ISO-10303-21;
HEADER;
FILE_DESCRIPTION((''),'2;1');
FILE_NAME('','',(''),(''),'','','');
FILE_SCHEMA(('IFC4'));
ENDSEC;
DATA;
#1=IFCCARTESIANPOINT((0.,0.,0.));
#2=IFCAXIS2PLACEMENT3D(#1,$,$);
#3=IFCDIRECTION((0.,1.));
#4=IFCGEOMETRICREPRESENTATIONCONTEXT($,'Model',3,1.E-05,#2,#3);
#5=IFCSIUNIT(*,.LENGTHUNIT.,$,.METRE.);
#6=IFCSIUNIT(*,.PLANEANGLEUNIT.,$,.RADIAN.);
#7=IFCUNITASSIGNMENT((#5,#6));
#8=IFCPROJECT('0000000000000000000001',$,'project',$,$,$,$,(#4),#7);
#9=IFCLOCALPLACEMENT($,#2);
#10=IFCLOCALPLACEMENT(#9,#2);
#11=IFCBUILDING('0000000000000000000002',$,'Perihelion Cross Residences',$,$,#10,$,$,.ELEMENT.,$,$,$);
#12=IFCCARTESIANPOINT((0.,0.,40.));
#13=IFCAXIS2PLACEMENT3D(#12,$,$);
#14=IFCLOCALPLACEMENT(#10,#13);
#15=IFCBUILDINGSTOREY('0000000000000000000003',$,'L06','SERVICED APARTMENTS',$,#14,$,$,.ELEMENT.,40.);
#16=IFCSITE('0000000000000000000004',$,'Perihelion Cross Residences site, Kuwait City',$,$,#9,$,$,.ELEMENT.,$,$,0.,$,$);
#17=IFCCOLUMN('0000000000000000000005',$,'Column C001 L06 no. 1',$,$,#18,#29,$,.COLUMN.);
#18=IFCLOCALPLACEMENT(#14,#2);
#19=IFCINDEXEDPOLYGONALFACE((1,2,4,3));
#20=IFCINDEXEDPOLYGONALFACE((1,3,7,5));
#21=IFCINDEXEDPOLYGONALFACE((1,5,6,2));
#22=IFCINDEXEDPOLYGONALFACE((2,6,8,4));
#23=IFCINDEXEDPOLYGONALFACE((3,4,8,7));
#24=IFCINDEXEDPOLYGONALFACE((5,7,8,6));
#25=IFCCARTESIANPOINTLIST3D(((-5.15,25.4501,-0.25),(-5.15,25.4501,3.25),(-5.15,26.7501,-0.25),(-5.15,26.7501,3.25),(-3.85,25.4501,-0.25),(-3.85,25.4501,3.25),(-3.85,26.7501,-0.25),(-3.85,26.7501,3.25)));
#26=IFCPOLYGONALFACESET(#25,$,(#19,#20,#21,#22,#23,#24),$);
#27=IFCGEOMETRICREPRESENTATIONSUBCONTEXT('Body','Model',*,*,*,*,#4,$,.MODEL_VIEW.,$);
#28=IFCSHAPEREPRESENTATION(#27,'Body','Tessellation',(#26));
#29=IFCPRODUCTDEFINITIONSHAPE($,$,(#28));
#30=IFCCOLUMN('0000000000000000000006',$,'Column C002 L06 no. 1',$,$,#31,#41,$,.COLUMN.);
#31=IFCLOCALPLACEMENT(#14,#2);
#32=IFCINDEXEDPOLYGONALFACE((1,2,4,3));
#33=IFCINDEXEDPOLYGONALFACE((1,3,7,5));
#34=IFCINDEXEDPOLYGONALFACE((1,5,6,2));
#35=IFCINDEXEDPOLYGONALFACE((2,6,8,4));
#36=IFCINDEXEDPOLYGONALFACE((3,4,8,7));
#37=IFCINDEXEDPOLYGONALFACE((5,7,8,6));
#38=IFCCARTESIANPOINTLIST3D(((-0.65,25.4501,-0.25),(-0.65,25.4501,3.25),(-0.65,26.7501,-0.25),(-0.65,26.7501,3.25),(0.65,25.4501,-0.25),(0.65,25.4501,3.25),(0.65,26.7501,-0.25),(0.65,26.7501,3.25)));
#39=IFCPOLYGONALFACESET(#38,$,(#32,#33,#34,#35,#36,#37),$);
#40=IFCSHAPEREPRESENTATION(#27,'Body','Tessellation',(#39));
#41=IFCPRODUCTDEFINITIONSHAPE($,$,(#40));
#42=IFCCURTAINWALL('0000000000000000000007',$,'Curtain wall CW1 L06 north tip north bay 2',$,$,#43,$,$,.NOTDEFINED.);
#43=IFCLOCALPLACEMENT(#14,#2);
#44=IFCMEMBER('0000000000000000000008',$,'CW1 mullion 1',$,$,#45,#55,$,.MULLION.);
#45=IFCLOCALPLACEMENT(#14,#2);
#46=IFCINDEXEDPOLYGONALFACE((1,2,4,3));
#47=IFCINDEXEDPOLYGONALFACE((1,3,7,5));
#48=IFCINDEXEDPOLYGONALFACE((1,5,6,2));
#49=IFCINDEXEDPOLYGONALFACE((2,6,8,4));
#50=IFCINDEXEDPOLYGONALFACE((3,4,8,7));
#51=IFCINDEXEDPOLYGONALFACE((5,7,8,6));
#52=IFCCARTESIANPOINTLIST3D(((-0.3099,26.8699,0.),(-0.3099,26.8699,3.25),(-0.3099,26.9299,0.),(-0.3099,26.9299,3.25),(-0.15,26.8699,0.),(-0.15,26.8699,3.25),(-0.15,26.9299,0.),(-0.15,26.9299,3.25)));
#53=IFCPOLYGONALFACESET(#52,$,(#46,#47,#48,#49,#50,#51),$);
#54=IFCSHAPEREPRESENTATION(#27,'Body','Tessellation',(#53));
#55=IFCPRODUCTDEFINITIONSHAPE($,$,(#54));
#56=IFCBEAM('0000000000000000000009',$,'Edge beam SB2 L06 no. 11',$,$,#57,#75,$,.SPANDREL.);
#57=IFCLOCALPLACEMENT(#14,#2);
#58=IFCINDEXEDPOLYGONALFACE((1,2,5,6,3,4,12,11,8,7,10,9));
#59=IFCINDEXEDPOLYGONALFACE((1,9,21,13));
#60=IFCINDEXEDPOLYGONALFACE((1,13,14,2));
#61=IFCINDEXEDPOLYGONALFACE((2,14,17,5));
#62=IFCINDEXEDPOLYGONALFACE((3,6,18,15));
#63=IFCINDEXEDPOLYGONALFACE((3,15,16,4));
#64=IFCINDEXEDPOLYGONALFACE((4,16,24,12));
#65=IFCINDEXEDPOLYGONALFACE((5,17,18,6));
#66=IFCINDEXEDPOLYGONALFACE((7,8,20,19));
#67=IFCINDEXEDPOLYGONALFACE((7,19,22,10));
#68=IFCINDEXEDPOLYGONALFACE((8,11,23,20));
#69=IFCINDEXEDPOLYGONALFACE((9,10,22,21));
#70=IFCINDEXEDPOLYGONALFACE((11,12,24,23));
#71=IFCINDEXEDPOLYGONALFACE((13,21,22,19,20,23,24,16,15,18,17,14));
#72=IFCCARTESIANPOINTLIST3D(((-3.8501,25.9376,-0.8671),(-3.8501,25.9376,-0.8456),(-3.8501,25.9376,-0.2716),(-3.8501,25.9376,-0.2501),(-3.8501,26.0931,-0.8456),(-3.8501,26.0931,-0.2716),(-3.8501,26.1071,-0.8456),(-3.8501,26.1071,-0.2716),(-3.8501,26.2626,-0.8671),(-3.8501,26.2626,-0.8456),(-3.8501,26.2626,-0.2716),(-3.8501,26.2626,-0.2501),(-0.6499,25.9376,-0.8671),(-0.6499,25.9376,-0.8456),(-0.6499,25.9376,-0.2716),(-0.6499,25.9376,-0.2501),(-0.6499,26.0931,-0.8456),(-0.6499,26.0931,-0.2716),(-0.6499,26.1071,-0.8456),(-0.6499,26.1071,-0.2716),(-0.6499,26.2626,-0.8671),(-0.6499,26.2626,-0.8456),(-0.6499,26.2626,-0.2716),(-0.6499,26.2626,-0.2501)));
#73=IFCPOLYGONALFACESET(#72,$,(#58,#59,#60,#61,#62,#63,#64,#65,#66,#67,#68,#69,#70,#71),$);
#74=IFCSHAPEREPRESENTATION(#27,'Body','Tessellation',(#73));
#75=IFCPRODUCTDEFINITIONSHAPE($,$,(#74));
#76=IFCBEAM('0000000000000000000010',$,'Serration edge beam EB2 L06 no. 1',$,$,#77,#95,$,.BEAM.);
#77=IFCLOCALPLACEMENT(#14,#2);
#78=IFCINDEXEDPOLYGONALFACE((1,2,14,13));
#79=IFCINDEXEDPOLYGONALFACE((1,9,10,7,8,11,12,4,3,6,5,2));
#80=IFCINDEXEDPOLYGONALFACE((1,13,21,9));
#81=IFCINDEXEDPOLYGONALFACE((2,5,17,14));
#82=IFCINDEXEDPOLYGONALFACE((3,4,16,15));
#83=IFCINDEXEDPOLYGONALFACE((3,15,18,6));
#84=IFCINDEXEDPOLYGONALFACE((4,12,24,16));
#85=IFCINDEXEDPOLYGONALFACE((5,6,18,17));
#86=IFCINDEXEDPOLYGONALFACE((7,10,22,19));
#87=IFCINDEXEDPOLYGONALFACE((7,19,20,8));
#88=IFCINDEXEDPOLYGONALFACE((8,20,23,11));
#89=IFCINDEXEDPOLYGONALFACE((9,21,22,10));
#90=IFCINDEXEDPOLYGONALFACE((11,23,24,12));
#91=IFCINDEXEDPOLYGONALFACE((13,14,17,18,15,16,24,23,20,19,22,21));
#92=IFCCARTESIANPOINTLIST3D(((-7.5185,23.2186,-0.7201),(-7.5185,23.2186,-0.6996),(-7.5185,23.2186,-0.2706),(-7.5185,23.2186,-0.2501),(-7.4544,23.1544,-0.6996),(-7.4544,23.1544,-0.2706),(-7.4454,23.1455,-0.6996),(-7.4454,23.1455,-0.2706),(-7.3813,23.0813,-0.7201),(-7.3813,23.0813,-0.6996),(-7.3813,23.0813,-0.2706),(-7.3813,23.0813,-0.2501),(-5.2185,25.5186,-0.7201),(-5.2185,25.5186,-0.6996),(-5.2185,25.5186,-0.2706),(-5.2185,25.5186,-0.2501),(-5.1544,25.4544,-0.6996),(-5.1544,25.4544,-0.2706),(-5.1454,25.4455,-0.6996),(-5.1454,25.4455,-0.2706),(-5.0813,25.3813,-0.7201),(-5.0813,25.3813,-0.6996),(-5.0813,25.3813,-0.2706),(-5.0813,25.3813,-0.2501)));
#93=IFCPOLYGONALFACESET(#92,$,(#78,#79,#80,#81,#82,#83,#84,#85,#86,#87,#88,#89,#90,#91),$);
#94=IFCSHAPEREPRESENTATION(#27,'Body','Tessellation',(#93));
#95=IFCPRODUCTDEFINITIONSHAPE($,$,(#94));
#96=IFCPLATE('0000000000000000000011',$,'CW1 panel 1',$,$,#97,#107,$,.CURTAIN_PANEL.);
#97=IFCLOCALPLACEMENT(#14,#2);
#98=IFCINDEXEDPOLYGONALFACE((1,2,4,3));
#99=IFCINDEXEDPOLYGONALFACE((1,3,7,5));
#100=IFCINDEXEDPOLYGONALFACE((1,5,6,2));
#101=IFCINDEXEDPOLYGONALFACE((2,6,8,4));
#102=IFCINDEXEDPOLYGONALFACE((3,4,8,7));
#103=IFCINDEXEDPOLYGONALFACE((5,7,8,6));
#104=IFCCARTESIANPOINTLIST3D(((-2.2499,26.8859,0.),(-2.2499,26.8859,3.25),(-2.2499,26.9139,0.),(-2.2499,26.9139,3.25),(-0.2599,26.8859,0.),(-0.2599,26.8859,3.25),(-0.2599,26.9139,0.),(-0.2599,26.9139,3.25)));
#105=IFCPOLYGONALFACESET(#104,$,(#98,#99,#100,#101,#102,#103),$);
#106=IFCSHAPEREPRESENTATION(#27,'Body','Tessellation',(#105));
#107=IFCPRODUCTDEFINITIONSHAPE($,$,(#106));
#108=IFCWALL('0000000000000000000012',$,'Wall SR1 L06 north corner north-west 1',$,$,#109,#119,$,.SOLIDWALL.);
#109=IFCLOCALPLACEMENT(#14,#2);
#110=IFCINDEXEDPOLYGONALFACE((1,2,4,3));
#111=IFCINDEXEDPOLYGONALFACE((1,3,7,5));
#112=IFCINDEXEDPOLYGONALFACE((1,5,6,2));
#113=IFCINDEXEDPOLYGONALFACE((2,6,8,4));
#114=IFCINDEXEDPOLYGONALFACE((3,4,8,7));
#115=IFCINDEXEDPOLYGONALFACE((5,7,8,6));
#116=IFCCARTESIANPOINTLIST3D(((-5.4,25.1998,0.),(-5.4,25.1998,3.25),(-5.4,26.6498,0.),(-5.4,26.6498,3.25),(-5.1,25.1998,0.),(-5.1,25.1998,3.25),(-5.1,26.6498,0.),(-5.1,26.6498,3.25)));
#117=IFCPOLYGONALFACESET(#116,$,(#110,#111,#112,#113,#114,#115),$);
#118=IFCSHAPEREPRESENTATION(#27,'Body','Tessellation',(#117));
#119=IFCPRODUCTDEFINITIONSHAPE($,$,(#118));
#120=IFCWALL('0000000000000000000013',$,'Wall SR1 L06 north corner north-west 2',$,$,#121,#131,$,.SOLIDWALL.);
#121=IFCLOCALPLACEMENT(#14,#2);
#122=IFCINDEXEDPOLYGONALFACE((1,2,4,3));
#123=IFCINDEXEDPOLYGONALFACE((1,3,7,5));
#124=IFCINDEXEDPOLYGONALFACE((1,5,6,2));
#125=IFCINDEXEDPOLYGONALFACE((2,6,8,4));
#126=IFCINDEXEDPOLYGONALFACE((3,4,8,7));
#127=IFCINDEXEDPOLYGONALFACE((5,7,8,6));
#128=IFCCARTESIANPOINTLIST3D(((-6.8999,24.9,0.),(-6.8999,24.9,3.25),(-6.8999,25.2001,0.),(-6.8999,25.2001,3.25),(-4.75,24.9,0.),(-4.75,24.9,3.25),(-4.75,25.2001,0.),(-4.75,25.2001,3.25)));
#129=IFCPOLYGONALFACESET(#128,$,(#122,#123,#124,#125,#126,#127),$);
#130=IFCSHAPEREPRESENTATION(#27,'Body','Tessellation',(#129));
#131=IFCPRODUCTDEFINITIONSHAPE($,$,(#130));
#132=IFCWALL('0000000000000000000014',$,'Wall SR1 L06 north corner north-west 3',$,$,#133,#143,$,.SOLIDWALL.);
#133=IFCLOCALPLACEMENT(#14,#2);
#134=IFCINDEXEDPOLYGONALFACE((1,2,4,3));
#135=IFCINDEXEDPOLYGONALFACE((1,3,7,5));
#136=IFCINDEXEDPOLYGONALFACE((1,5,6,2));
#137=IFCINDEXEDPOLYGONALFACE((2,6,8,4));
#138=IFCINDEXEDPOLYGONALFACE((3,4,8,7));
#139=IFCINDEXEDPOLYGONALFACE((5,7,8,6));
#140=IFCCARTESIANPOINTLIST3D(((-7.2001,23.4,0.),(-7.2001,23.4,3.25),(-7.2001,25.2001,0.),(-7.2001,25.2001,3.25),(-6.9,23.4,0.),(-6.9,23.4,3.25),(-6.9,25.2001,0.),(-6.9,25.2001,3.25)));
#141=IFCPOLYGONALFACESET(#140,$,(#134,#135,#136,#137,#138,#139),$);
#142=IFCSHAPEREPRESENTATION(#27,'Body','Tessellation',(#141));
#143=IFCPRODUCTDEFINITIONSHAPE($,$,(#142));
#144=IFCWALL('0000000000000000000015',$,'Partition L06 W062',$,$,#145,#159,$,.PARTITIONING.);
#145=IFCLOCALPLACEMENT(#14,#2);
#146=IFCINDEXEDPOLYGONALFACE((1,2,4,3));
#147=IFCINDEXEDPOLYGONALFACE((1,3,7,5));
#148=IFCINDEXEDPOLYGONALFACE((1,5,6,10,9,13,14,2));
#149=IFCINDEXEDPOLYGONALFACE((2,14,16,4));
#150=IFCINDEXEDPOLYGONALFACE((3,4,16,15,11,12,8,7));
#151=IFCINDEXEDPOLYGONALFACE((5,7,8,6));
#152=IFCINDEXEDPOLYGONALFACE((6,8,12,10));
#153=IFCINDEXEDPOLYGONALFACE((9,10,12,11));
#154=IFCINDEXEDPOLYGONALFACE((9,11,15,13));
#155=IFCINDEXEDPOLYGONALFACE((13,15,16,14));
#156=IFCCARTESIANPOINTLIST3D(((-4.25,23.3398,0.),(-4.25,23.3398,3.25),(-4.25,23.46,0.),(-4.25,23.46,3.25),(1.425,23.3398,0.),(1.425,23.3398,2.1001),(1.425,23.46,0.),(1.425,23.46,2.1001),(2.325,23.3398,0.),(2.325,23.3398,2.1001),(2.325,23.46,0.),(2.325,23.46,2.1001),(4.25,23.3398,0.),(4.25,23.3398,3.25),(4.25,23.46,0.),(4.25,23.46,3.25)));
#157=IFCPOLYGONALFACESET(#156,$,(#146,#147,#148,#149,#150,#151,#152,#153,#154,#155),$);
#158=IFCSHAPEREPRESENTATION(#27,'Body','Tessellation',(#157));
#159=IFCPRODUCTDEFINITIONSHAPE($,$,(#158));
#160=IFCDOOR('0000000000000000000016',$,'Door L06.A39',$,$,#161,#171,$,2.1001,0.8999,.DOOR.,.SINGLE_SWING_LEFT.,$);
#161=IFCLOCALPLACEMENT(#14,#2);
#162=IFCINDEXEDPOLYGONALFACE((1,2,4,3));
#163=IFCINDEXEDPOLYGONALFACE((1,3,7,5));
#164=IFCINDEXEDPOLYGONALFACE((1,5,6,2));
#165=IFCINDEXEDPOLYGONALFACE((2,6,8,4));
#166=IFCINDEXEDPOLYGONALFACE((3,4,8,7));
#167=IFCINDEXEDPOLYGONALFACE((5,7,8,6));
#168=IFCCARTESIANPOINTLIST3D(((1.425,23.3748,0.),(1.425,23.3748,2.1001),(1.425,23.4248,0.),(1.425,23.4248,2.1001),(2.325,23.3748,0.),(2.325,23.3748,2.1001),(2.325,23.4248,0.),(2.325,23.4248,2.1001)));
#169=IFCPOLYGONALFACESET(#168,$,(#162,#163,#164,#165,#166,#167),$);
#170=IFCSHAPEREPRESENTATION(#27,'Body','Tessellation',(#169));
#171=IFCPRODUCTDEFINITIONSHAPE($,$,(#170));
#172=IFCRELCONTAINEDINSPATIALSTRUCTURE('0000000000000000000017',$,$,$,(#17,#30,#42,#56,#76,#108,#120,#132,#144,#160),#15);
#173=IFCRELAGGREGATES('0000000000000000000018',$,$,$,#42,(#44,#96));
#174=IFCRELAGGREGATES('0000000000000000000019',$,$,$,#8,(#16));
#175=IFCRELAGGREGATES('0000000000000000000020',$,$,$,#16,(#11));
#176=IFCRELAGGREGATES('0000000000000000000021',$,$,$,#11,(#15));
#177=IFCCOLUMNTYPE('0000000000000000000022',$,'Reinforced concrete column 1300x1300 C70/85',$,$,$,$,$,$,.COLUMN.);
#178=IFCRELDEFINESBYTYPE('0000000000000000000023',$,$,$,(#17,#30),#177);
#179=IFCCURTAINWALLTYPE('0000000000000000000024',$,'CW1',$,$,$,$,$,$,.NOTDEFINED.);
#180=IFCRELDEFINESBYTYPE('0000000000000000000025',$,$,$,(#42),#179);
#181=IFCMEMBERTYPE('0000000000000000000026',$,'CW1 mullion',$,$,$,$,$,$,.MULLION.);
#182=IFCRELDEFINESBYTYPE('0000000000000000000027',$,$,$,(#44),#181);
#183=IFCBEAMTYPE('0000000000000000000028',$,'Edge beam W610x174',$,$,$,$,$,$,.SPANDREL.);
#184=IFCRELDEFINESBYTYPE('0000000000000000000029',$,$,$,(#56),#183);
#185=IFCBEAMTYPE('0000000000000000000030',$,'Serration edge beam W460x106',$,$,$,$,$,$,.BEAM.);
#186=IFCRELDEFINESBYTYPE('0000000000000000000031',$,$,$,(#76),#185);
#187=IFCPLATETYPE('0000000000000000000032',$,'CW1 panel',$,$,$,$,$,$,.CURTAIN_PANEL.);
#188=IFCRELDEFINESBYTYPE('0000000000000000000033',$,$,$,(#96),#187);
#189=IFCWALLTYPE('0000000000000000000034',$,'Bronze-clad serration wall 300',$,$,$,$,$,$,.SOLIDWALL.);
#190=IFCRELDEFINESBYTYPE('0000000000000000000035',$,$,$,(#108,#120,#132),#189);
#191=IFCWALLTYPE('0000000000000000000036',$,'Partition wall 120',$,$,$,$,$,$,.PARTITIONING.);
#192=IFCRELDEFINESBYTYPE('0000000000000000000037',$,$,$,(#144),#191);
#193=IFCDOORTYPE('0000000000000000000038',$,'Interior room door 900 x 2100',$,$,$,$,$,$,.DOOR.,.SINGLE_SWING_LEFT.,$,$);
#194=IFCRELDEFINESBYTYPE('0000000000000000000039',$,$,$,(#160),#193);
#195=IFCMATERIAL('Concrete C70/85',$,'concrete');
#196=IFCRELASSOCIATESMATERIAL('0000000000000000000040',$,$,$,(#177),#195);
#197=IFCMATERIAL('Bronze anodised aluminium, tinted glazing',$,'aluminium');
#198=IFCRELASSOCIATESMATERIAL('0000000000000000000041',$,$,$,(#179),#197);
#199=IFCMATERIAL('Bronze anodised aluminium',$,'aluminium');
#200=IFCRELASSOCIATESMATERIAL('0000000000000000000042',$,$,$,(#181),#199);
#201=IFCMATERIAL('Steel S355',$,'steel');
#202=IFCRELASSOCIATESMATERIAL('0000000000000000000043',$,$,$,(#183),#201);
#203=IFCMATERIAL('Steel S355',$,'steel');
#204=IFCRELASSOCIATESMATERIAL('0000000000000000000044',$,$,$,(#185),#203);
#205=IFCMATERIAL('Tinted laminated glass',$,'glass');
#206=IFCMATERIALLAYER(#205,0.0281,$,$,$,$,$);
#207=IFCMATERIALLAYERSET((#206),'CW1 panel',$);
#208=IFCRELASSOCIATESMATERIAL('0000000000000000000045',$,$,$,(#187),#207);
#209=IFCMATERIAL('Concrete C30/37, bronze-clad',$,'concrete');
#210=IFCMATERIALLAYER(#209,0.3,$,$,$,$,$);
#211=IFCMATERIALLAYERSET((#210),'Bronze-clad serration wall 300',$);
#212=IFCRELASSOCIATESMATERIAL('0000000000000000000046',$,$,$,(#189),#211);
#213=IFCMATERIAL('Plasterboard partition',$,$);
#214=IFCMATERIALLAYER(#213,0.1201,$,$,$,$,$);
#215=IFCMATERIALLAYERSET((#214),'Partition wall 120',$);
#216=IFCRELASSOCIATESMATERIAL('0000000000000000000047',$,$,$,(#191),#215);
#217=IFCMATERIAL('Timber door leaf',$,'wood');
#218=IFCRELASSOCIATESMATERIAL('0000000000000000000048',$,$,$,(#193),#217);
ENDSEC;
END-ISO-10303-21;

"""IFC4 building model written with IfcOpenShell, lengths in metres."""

from ifc_helpers import new_model, si_unit, direction, frame, frame_2d, origin, origin_2d, place, context, subcontext, project, spatial, rectangle, i_section, extrude, material, layer, layer_set, material_profile, profile_set, type_object, element, fill, aggregate, save


model = new_model("IFC4")

# Units and contexts
model_context = context("Model", 3, precision=1e-05, world=origin(), true_north=direction((0.0, 1.0)))
body_context = subcontext(model_context, "Body", "Model", "MODEL_VIEW")
ifc_project = project(units=[si_unit("LENGTHUNIT", "METRE"), si_unit("PLANEANGLEUNIT", "RADIAN")], contexts=[model_context])

# Site, building, storey
site_placement = place(None, origin())
site = spatial("IfcSite", under=ifc_project, at=site_placement, Name="Perihelion Cross Residences site, Kuwait City", CompositionType="ELEMENT", RefElevation=0.0)
building_placement = place(site_placement, origin())
building = spatial("IfcBuilding", under=site, at=building_placement, Name="Perihelion Cross Residences", CompositionType="ELEMENT")
storey_placement = place(building_placement, frame((0.0, 0.0, 40.0)))
storey = spatial("IfcBuildingStorey", under=building, at=storey_placement, Name="L06", Description="SERVICED APARTMENTS", CompositionType="ELEMENT", Elevation=40.0)

# Columns
ifc_material_1 = material(Name="Concrete C70/85", Category="concrete")
ifc_material_profile_1 = material_profile(ifc_material_1, rectangle(XDim=1.3, YDim=1.3, at=origin_2d()), Name="RC 1300x1300")
ifc_profile_set_1 = profile_set([ifc_material_profile_1], Name="Concrete C70/85")
column_type = type_object("IfcColumnType", Name="Reinforced concrete column 1300x1300 C70/85", PredefinedType="COLUMN", material=ifc_profile_set_1)
for number, where, z_axis, x_axis, name in (
    (1, (-4.5, 26.1001, -0.25), (0.0, 0.0, 1.0), (1.0, 0.0, 0.0), "Column C001 L06 no. 1"),
    (2, (0.0, 26.1001, -0.25), (0.0, 0.0, 1.0), (1.0, 0.0, 0.0), "Column C002 L06 no. 1"),
):
    element("IfcColumn", number, at=place(storey_placement, frame(where, z_axis=z_axis, x_axis=x_axis)), inside=storey, type_object=column_type, Name=name, PredefinedType="COLUMN", context=body_context, shape_type="SweptSolid", body=[
        extrude(rectangle(XDim=1.3, YDim=1.3, at=origin_2d()), origin(), (0.0, 0.0, 1.0), 3.5),
    ])

# Curtain wall, member
ifc_material_2 = material(Name="Bronze anodised aluminium, tinted glazing", Category="aluminium")
curtain_wall_type = type_object("IfcCurtainWallType", Name="CW1", PredefinedType="NOTDEFINED", material=ifc_material_2)
curtain_wall_placement = place(storey_placement, origin())
curtain_wall = element("IfcCurtainWall", 3, at=curtain_wall_placement, inside=storey, type_object=curtain_wall_type, Name="Curtain wall CW1 L06 north tip north bay 2", PredefinedType="NOTDEFINED")
ifc_material_3 = material(Name="Bronze anodised aluminium", Category="aluminium")
ifc_material_profile_2 = material_profile(ifc_material_3, rectangle(XDim=0.0601, YDim=0.1599, at=origin_2d()), Name="CW1 mullion")
ifc_profile_set_2 = profile_set([ifc_material_profile_2], Name="Bronze anodised aluminium")
member_type = type_object("IfcMemberType", Name="CW1 mullion", PredefinedType="MULLION", material=ifc_profile_set_2)
member_placement = place(storey_placement, frame((-0.23, 26.8999, 0.0), z_axis=(0.0, 0.0, 1.0), x_axis=(0.0, -1.0, 0.0)))
member = element("IfcMember", 4, at=member_placement, type_object=member_type, Name="CW1 mullion 1", PredefinedType="MULLION", context=body_context, shape_type="SweptSolid", body=[
    extrude(rectangle(XDim=0.0601, YDim=0.1599, at=origin_2d()), origin(), (0.0, 0.0, 1.0), 3.25),
])

# Beams
ifc_material_4 = material(Name="Steel S355", Category="steel")
ifc_material_profile_3 = material_profile(ifc_material_4, i_section(OverallWidth=0.325, OverallDepth=0.6169, WebThickness=0.0139, FlangeThickness=0.0215, at=origin_2d()), Name="W610x174")
ifc_profile_set_3 = profile_set([ifc_material_profile_3], Name="Steel S355")
beam_type_1 = type_object("IfcBeamType", Name="Edge beam W610x174", PredefinedType="SPANDREL", material=ifc_profile_set_3)
beam_1_placement = place(storey_placement, frame((-0.6499, 26.1001, -0.5586), z_axis=(-1.0, 0.0, 0.0), x_axis=(0.0, -1.0, 0.0)))
element("IfcBeam", 5, at=beam_1_placement, inside=storey, type_object=beam_type_1, Name="Edge beam SB2 L06 no. 11", PredefinedType="SPANDREL", context=body_context, shape_type="SweptSolid", body=[
    extrude(i_section(OverallWidth=0.325, OverallDepth=0.6169, WebThickness=0.0139, FlangeThickness=0.0215, at=origin_2d()), origin(), (0.0, 0.0, 1.0), 3.2002),
])
ifc_material_5 = material(Name="Steel S355", Category="steel")
ifc_material_profile_4 = material_profile(ifc_material_5, i_section(OverallWidth=0.1941, OverallDepth=0.47, WebThickness=0.0127, FlangeThickness=0.0205, at=origin_2d()), Name="W460x106")
ifc_profile_set_4 = profile_set([ifc_material_profile_4], Name="Steel S355")
beam_type_2 = type_object("IfcBeamType", Name="Serration edge beam W460x106", PredefinedType="BEAM", material=ifc_profile_set_4)
beam_2_placement = place(storey_placement, frame((-5.1499, 25.45, -0.4851), z_axis=(-0.707107, -0.707107, 0.0), x_axis=(0.707107, -0.707107, 0.0)))
element("IfcBeam", 6, at=beam_2_placement, inside=storey, type_object=beam_type_2, Name="Serration edge beam EB2 L06 no. 1", PredefinedType="BEAM", context=body_context, shape_type="SweptSolid", body=[
    extrude(i_section(OverallWidth=0.1941, OverallDepth=0.47, WebThickness=0.0127, FlangeThickness=0.0205, at=origin_2d()), origin(), (0.0, 0.0, 1.0), 3.2527),
])

# Plate
ifc_material_6 = material(Name="Tinted laminated glass", Category="glass")
ifc_layer_1 = layer(ifc_material_6, 0.0281)
ifc_layer_set_1 = layer_set([ifc_layer_1], Name="CW1 panel")
plate_type = type_object("IfcPlateType", Name="CW1 panel", PredefinedType="CURTAIN_PANEL", material=ifc_layer_set_1)
plate_placement = place(storey_placement, frame((-1.2549, 26.8999, 0.0), z_axis=(0.0, 0.0, 1.0), x_axis=(-1.0, 0.0, 0.0)))
plate = element("IfcPlate", 7, at=plate_placement, type_object=plate_type, Name="CW1 panel 1", PredefinedType="CURTAIN_PANEL", context=body_context, shape_type="SweptSolid", body=[
    extrude(rectangle(XDim=1.99, YDim=0.0281, at=origin_2d()), origin(), (0.0, 0.0, 1.0), 3.25),
])
aggregate(curtain_wall, [member, plate])

# Walls
ifc_material_7 = material(Name="Concrete C30/37, bronze-clad", Category="concrete")
ifc_layer_2 = layer(ifc_material_7, 0.3)
ifc_layer_set_2 = layer_set([ifc_layer_2], Name="Bronze-clad serration wall 300")
wall_type_1 = type_object("IfcWallType", Name="Bronze-clad serration wall 300", PredefinedType="SOLIDWALL", material=ifc_layer_set_2)
wall_1_placement = place(storey_placement, frame((-5.25, 26.6499, 0.0), z_axis=(0.0, 0.0, 1.0), x_axis=(0.0, -1.0, 0.0)))
element("IfcWall", 8, at=wall_1_placement, inside=storey, type_object=wall_type_1, Name="Wall SR1 L06 north corner north-west 1", PredefinedType="SOLIDWALL", context=body_context, shape_type="SweptSolid", body=[
    extrude(rectangle(XDim=1.45, YDim=0.3, at=frame_2d((0.7251, 0.0))), origin(), (0.0, 0.0, 1.0), 3.25),
])
wall_2_placement = place(storey_placement, frame((-4.75, 25.05, 0.0), z_axis=(0.0, 0.0, 1.0), x_axis=(-1.0, 0.0, 0.0)))
element("IfcWall", 9, at=wall_2_placement, inside=storey, type_object=wall_type_1, Name="Wall SR1 L06 north corner north-west 2", PredefinedType="SOLIDWALL", context=body_context, shape_type="SweptSolid", body=[
    extrude(rectangle(XDim=2.1499, YDim=0.3, at=frame_2d((1.075, 0.0))), origin(), (0.0, 0.0, 1.0), 3.25),
])
wall_3_placement = place(storey_placement, frame((-7.05, 25.2, 0.0), z_axis=(0.0, 0.0, 1.0), x_axis=(0.0, -1.0, 0.0)))
element("IfcWall", 10, at=wall_3_placement, inside=storey, type_object=wall_type_1, Name="Wall SR1 L06 north corner north-west 3", PredefinedType="SOLIDWALL", context=body_context, shape_type="SweptSolid", body=[
    extrude(rectangle(XDim=1.8, YDim=0.3, at=frame_2d((0.8999, 0.0))), origin(), (0.0, 0.0, 1.0), 3.25),
])

# Wall, opening, door
ifc_material_8 = material(Name="Plasterboard partition")
ifc_layer_3 = layer(ifc_material_8, 0.1201)
ifc_layer_set_3 = layer_set([ifc_layer_3], Name="Partition wall 120")
wall_type_2 = type_object("IfcWallType", Name="Partition wall 120", PredefinedType="PARTITIONING", material=ifc_layer_set_3)
wall_4_placement = place(storey_placement, frame((-4.25, 23.3999, 0.0), z_axis=(0.0, 0.0, 1.0), x_axis=(1.0, 0.0, 0.0)))
wall_4 = element("IfcWall", 11, at=wall_4_placement, inside=storey, type_object=wall_type_2, Name="Partition L06 W062", PredefinedType="PARTITIONING", context=body_context, shape_type="SweptSolid", body=[
    extrude(rectangle(XDim=8.5, YDim=0.1201, at=frame_2d((4.25, 0.0))), origin(), (0.0, 0.0, 1.0), 3.25),
])
opening_1_placement = place(wall_4_placement, frame((5.675, 0.0, 0.0)))
opening_1 = element("IfcOpeningElement", 12, at=opening_1_placement, cuts=wall_4, PredefinedType="OPENING", context=body_context, shape_type="SweptSolid", body=[
    extrude(rectangle(XDim=0.8999, YDim=2.1001, at=frame_2d((0.45, 1.05))), frame((0.0, 0.0701, 0.0), z_axis=(0.0, -1.0, 0.0), x_axis=(1.0, 0.0, 0.0)), (0.0, 0.0, 1.0), 0.1401),
])
ifc_material_9 = material(Name="Timber door leaf", Category="wood")
door_type_1 = type_object("IfcDoorType", Name="Interior room door 900 x 2100", OperationType="SINGLE_SWING_LEFT", PredefinedType="DOOR", material=ifc_material_9)
door_1_placement = place(opening_1_placement, origin())
door_1 = element("IfcDoor", 13, at=door_1_placement, inside=storey, type_object=door_type_1, Name="Door L06.A39", OperationType="SINGLE_SWING_LEFT", OverallHeight=2.1001, OverallWidth=0.8999, PredefinedType="DOOR", context=body_context, shape_type="SweptSolid", body=[
    extrude(rectangle(XDim=0.8999, YDim=2.1001, at=frame_2d((0.45, 1.05))), frame((0.0, 0.0249, 0.0), z_axis=(0.0, -1.0, 0.0), x_axis=(1.0, 0.0, 0.0)), (0.0, 0.0, 1.0), 0.05),
])
fill(opening_1, door_1)

save(model, "model.ifc")
